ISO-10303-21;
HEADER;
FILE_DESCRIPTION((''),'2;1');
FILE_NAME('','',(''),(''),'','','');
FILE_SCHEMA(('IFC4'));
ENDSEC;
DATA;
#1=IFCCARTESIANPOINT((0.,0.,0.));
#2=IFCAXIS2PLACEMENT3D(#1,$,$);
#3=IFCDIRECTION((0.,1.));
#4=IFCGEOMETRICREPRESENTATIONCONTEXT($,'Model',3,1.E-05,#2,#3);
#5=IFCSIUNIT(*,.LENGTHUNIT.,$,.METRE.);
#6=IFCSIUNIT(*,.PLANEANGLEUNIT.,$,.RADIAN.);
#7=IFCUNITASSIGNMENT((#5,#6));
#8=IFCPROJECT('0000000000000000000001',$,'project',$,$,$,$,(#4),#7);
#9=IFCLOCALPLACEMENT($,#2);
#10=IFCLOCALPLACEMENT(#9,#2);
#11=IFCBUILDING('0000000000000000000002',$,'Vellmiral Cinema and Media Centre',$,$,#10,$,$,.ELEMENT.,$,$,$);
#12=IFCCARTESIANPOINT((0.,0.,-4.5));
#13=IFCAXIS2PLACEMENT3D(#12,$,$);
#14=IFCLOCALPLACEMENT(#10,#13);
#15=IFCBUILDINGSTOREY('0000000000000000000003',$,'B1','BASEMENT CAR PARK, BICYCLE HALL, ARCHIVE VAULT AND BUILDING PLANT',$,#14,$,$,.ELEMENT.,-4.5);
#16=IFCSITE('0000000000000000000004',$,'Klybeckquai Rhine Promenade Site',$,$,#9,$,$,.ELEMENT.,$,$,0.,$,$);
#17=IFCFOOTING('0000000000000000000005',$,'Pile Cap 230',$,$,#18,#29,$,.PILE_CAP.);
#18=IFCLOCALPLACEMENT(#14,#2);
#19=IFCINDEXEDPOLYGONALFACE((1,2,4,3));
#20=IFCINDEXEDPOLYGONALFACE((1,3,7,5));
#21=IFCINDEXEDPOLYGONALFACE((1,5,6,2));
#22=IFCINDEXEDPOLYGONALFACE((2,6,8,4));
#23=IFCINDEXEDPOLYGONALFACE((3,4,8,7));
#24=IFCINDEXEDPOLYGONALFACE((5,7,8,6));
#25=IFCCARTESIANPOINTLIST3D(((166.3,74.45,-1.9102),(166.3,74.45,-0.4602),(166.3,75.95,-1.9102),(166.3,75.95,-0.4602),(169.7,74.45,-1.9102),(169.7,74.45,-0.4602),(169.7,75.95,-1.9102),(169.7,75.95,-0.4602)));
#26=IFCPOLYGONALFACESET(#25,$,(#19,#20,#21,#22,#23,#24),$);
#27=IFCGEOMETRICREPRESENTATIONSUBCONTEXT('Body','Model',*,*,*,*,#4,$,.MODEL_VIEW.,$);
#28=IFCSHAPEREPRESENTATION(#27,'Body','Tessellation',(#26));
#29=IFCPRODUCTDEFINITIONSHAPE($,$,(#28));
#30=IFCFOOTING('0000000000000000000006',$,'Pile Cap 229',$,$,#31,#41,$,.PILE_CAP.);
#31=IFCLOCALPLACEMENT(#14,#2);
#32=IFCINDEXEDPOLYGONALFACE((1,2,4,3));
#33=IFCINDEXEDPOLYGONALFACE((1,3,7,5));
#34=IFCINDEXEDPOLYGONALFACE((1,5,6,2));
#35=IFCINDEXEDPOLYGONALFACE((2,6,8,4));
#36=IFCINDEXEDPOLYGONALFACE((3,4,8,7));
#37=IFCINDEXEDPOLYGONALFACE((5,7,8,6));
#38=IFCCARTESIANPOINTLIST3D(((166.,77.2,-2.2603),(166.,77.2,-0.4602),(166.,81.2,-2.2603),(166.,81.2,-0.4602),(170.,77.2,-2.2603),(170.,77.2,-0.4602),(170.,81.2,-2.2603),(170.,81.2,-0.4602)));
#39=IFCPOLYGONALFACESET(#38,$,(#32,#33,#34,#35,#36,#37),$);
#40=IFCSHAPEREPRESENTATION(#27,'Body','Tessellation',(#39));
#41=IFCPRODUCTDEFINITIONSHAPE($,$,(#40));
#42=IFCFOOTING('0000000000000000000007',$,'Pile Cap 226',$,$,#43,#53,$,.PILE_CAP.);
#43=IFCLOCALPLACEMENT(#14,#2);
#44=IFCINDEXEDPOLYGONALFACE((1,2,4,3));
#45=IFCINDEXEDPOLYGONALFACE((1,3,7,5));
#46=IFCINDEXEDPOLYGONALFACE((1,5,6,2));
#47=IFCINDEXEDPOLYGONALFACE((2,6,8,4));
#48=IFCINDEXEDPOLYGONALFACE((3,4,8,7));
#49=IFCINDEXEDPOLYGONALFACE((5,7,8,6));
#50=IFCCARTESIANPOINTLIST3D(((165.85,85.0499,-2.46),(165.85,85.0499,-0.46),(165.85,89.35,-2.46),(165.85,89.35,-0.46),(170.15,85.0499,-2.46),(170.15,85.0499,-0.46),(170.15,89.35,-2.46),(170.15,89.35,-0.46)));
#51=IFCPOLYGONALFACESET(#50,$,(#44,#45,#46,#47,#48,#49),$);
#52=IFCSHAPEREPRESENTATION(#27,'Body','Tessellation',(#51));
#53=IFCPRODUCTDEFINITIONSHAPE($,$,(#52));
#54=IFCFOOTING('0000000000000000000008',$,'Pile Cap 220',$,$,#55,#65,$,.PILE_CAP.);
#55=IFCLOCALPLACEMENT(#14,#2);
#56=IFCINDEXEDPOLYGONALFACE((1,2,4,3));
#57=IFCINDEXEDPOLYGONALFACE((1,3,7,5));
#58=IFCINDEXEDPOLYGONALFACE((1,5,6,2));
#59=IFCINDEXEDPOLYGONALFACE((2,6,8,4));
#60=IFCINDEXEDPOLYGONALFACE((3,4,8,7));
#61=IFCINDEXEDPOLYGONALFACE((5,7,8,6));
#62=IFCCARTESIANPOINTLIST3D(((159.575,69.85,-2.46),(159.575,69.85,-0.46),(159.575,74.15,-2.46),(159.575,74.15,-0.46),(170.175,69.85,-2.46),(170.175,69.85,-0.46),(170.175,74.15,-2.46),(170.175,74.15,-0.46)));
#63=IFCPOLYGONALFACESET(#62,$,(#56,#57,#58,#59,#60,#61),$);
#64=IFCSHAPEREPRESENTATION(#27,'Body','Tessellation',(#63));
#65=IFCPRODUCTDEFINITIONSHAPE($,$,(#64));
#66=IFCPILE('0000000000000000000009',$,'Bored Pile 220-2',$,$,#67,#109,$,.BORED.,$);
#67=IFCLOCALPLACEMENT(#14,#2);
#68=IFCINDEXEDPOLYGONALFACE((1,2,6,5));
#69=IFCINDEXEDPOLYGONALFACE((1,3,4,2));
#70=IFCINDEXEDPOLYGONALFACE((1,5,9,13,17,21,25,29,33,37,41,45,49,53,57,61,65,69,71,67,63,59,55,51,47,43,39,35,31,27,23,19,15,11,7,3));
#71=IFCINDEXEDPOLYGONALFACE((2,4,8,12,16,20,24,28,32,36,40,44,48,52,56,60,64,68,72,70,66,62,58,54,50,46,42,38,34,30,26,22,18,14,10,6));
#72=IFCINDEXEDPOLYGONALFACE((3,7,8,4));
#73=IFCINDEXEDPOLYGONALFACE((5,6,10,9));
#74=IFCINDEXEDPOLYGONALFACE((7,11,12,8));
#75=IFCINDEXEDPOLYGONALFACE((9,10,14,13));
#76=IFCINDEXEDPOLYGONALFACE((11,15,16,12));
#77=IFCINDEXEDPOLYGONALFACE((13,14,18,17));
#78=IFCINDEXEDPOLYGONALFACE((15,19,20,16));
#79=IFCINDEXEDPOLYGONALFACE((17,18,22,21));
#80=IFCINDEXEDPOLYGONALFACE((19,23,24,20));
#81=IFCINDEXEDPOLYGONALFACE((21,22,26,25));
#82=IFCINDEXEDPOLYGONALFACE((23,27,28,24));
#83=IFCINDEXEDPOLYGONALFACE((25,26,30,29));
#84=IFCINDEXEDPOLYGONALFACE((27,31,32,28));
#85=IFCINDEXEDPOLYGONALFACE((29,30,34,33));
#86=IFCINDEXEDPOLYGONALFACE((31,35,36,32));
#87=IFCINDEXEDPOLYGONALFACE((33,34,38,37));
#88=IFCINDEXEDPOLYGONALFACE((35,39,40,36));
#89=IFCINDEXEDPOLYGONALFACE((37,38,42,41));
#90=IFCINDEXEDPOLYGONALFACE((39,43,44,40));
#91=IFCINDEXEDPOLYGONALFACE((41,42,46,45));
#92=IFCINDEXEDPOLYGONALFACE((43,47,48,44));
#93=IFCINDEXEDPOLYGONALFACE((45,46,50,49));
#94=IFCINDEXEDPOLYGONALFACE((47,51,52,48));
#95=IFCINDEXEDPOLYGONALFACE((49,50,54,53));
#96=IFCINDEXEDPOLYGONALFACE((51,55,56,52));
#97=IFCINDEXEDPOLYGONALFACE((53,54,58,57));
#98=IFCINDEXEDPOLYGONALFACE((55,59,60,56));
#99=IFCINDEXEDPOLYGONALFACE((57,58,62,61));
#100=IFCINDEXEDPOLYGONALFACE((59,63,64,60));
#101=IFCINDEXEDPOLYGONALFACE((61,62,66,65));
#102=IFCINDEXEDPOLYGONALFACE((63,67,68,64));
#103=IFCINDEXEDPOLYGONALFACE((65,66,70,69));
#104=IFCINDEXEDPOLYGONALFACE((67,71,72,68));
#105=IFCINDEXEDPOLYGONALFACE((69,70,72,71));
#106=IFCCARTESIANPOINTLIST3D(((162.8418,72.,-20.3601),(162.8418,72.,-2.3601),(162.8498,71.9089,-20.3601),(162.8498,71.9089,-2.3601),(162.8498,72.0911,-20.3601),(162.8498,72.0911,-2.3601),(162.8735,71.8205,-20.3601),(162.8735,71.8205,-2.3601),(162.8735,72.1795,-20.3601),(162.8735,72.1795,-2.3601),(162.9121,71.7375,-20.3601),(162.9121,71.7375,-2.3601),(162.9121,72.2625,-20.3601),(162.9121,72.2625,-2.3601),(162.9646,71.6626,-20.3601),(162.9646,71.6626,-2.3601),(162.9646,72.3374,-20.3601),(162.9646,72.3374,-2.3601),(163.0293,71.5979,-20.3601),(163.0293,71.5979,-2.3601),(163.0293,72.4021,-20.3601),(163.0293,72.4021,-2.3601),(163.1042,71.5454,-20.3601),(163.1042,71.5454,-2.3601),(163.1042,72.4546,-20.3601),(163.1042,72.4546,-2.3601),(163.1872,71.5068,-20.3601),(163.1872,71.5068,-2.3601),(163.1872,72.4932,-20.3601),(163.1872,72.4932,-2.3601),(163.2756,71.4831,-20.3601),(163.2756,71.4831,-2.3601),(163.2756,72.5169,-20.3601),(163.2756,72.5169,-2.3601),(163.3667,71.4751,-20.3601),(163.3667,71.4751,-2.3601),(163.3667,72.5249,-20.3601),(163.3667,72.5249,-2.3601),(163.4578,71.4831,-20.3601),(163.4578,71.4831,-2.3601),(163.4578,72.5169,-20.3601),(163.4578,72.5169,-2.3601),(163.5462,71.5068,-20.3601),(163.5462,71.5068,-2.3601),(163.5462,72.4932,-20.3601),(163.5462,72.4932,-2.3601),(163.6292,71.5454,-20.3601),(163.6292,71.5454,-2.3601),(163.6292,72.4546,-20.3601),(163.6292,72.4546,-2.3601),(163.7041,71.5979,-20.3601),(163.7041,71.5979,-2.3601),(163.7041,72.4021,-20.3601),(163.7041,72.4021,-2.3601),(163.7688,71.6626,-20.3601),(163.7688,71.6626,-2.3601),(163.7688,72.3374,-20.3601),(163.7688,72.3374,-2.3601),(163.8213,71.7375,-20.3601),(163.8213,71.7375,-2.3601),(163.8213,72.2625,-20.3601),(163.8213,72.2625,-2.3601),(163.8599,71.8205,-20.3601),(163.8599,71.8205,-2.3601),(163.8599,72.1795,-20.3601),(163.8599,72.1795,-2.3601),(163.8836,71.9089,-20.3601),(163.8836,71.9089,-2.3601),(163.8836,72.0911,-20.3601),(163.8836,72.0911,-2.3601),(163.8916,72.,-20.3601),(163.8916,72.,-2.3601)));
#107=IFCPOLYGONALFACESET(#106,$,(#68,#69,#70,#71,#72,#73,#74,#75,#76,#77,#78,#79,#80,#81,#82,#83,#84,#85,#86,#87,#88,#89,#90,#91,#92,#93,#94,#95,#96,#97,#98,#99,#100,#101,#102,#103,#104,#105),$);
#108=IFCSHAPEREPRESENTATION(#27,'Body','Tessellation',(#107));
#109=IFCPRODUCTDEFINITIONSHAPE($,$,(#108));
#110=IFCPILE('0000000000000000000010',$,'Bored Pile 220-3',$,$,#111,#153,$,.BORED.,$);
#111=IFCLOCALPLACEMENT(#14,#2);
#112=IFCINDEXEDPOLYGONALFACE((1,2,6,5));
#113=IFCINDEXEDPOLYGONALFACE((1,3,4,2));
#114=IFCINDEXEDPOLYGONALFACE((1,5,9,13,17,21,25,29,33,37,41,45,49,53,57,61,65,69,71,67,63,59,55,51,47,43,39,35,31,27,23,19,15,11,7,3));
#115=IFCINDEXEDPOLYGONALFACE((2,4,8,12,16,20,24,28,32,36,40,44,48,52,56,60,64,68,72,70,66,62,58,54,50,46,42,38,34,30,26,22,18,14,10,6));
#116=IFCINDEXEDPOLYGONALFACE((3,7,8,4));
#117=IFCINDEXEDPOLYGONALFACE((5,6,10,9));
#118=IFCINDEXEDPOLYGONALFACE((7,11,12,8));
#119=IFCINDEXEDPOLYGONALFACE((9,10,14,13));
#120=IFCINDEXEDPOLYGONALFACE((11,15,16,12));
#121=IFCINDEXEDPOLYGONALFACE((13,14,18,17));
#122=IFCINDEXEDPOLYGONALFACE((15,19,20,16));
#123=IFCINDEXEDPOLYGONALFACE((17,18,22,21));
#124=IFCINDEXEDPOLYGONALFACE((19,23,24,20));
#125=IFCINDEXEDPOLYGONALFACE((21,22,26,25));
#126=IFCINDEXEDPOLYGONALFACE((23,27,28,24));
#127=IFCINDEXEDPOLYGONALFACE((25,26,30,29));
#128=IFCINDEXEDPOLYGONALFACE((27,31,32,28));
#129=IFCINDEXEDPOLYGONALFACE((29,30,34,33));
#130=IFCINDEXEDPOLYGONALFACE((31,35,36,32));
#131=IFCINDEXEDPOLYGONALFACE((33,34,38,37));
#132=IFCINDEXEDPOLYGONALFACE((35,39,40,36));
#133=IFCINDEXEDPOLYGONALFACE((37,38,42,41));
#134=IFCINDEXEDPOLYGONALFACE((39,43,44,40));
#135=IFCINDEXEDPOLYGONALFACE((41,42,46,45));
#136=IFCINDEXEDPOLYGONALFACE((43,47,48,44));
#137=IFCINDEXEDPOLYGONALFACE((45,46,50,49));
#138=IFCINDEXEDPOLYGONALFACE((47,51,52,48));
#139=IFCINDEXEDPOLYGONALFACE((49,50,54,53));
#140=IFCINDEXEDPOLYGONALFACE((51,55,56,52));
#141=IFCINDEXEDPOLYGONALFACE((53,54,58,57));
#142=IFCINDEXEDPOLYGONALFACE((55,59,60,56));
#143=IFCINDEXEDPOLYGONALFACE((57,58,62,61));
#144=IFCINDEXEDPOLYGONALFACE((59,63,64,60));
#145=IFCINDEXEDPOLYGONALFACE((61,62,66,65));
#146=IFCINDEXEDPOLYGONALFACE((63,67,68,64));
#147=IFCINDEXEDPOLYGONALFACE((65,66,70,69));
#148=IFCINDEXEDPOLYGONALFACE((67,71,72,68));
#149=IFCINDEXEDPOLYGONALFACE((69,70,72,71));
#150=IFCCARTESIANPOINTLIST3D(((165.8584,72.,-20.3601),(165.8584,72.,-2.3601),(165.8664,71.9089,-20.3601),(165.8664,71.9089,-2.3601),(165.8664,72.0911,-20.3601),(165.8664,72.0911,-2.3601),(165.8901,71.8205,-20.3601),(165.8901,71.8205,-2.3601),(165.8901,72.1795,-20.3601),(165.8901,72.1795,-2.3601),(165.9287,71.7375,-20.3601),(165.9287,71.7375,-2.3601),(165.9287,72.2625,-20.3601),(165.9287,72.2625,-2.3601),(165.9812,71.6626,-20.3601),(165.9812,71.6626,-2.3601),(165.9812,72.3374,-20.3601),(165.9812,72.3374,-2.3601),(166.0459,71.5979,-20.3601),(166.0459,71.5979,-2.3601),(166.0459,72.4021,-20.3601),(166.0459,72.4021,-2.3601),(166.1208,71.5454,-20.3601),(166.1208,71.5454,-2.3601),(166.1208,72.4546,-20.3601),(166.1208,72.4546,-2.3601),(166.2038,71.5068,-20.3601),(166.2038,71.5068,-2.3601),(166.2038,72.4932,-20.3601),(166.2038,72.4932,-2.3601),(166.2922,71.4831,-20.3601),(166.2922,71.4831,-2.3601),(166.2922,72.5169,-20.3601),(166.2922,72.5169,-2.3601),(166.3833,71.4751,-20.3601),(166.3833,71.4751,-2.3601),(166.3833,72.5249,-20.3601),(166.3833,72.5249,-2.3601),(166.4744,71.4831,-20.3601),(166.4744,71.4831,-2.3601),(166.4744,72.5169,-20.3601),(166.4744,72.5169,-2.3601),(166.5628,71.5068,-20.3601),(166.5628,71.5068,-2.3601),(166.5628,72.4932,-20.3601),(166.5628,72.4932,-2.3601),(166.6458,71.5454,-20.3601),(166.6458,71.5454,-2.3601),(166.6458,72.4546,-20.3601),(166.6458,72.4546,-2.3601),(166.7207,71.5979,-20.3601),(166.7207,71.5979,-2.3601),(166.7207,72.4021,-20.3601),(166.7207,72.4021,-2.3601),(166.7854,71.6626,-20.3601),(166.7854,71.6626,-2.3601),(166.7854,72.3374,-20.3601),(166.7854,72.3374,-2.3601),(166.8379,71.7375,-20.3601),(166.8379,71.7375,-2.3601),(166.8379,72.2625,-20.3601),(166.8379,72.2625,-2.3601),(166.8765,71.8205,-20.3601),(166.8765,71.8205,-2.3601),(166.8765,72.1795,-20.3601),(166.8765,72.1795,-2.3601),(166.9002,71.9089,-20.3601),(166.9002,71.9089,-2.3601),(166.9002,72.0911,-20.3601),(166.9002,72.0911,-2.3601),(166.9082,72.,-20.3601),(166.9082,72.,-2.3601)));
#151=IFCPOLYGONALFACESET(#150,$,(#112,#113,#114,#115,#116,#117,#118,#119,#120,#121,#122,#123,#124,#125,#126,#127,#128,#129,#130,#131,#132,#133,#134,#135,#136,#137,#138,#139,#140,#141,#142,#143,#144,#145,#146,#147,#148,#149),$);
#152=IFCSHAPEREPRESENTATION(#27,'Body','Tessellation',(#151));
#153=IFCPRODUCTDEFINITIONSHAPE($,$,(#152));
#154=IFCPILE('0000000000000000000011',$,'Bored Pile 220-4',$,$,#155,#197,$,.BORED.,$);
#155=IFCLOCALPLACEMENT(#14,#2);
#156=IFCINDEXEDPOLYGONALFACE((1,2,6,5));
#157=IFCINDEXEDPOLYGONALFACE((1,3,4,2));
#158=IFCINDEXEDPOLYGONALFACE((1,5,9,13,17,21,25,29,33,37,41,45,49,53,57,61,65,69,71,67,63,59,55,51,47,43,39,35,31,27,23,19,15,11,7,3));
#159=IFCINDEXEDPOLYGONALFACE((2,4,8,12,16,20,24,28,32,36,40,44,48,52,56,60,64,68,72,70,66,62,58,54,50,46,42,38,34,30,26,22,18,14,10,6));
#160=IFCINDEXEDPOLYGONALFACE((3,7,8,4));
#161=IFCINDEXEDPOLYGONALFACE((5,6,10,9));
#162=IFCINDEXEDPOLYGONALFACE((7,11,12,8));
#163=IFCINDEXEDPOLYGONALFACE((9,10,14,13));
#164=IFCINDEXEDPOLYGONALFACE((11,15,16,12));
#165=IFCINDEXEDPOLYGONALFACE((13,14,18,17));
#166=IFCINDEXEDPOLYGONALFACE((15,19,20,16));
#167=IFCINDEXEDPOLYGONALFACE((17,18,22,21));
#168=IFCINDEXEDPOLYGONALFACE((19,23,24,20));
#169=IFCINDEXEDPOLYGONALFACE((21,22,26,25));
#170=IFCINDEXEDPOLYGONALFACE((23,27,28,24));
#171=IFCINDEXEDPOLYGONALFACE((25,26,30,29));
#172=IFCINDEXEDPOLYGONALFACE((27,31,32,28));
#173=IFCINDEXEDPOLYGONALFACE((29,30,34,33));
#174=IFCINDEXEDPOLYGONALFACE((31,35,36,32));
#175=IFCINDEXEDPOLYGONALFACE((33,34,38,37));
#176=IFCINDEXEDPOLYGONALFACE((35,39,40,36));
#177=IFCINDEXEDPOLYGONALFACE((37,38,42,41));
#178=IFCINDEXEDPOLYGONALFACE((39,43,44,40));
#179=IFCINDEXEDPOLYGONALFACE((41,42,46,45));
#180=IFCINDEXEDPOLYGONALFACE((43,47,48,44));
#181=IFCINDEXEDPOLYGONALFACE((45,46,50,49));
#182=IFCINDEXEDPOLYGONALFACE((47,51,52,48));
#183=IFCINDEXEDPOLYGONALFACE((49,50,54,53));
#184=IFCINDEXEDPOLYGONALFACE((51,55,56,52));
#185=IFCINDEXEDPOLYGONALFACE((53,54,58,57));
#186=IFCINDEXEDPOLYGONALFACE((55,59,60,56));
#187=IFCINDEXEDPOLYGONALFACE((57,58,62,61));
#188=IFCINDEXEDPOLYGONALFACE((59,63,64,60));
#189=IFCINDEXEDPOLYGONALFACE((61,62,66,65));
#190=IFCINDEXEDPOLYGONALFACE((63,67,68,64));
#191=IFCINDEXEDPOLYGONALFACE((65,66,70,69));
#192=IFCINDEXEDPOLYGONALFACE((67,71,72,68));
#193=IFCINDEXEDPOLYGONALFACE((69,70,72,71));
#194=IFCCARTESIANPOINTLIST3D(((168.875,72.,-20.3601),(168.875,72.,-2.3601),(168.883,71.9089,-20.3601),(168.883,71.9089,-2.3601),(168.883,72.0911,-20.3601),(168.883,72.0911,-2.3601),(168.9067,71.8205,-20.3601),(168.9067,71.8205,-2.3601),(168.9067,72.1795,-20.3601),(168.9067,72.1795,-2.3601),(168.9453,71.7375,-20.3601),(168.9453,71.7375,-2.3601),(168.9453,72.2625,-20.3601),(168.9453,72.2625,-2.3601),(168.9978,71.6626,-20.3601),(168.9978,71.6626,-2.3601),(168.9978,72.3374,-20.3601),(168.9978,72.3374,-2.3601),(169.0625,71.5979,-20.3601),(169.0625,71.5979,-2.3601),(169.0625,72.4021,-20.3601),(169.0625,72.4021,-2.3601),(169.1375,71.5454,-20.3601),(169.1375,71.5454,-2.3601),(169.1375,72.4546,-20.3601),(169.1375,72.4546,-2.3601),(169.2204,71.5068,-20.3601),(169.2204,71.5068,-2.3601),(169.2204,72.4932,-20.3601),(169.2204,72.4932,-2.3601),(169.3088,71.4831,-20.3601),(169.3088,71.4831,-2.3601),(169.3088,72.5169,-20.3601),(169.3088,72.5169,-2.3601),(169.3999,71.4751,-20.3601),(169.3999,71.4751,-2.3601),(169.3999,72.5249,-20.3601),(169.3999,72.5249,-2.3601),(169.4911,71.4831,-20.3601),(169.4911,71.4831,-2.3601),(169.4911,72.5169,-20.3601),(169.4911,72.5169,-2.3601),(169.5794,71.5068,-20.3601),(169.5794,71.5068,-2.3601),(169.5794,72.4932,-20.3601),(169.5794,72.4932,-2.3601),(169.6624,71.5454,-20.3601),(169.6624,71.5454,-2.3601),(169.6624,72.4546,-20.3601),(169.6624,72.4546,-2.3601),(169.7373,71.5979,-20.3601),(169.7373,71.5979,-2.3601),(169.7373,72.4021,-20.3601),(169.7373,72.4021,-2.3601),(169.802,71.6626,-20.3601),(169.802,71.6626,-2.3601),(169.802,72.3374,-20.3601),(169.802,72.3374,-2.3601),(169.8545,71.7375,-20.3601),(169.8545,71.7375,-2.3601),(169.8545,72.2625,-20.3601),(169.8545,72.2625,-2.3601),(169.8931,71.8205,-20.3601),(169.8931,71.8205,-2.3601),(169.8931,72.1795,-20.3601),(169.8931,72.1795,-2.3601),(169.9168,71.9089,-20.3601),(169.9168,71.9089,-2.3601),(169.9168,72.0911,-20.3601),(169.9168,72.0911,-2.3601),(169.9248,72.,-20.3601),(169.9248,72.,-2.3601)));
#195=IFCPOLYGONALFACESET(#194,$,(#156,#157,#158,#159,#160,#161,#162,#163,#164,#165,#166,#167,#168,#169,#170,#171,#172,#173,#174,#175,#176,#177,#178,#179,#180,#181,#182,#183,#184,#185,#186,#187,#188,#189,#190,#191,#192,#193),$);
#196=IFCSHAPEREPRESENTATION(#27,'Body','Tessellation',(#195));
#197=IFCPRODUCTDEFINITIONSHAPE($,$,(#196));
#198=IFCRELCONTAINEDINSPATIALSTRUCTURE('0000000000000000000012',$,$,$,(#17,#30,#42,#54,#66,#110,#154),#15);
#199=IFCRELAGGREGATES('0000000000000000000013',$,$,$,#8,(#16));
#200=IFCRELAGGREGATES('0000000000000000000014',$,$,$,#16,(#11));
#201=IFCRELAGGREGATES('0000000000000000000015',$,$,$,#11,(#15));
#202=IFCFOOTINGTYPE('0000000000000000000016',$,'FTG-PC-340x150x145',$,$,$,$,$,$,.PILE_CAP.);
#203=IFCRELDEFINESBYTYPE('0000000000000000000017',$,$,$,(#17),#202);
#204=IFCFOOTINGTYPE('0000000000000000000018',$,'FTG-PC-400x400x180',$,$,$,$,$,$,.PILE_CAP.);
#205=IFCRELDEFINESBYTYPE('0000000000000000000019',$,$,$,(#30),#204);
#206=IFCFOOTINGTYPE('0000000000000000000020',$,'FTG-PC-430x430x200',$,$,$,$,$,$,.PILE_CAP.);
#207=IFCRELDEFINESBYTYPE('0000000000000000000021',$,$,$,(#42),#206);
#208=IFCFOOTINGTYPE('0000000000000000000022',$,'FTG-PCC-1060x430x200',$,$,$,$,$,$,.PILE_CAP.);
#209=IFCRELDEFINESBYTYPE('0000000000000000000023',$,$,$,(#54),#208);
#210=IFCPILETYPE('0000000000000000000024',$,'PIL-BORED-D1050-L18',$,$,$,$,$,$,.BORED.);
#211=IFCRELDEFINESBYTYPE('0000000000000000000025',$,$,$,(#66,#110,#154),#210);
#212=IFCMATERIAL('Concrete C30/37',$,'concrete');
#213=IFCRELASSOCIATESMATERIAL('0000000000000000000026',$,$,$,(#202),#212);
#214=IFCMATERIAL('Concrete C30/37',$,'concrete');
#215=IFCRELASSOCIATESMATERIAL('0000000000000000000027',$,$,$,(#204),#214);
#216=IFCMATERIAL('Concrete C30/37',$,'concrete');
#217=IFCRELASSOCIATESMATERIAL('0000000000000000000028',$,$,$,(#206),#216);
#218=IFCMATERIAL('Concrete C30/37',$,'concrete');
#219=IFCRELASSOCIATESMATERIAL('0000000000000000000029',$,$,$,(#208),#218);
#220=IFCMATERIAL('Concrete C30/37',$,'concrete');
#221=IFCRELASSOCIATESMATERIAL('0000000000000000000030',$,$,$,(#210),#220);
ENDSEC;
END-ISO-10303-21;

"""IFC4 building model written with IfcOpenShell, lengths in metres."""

from ifc_helpers import new_model, si_unit, direction, frame, origin, origin_2d, place, context, subcontext, project, spatial, rectangle, circle, extrude, material, material_profile, profile_set, type_object, element, save


model = new_model("IFC4")

# Units and contexts
model_context = context("Model", 3, precision=1e-05, world=origin(), true_north=direction((0.0, 1.0)))
body_context = subcontext(model_context, "Body", "Model", "MODEL_VIEW")
ifc_project = project(units=[si_unit("LENGTHUNIT", "METRE"), si_unit("PLANEANGLEUNIT", "RADIAN")], contexts=[model_context])

# Site, building, storey
site_placement = place(None, origin())
site = spatial("IfcSite", under=ifc_project, at=site_placement, Name="Klybeckquai Rhine Promenade Site", CompositionType="ELEMENT", RefElevation=0.0)
building_placement = place(site_placement, origin())
building = spatial("IfcBuilding", under=site, at=building_placement, Name="Vellmiral Cinema and Media Centre", CompositionType="ELEMENT")
storey_placement = place(building_placement, frame((0.0, 0.0, -4.5)))
storey = spatial("IfcBuildingStorey", under=building, at=storey_placement, Name="B1", Description="BASEMENT CAR PARK, BICYCLE HALL, ARCHIVE VAULT AND BUILDING PLANT", CompositionType="ELEMENT", Elevation=-4.5)

# Footings
ifc_material_1 = material(Name="Concrete C30/37", Category="concrete")
footing_type_1 = type_object("IfcFootingType", Name="FTG-PC-340x150x145", PredefinedType="PILE_CAP", material=ifc_material_1)
footing_1_placement = place(storey_placement, frame((168.0, 75.2, -1.9102), z_axis=(0.0, 0.0, 1.0), x_axis=(1.0, 0.0, 0.0)))
element("IfcFooting", 1, at=footing_1_placement, inside=storey, type_object=footing_type_1, Name="Pile Cap 230", PredefinedType="PILE_CAP", context=body_context, shape_type="SweptSolid", body=[
    extrude(rectangle(XDim=3.3999, YDim=1.5, at=origin_2d()), origin(), (0.0, 0.0, 1.0), 1.45),
])
ifc_material_2 = material(Name="Concrete C30/37", Category="concrete")
footing_type_2 = type_object("IfcFootingType", Name="FTG-PC-400x400x180", PredefinedType="PILE_CAP", material=ifc_material_2)
footing_2_placement = place(storey_placement, frame((168.0, 79.2, -2.2603), z_axis=(0.0, 0.0, 1.0), x_axis=(1.0, 0.0, 0.0)))
element("IfcFooting", 2, at=footing_2_placement, inside=storey, type_object=footing_type_2, Name="Pile Cap 229", PredefinedType="PILE_CAP", context=body_context, shape_type="SweptSolid", body=[
    extrude(rectangle(XDim=4.0, YDim=4.0, at=origin_2d()), origin(), (0.0, 0.0, 1.0), 1.8),
])
ifc_material_3 = material(Name="Concrete C30/37", Category="concrete")
footing_type_3 = type_object("IfcFootingType", Name="FTG-PC-430x430x200", PredefinedType="PILE_CAP", material=ifc_material_3)
footing_3_placement = place(storey_placement, frame((168.0, 87.2, -2.46), z_axis=(0.0, 0.0, 1.0), x_axis=(1.0, 0.0, 0.0)))
element("IfcFooting", 3, at=footing_3_placement, inside=storey, type_object=footing_type_3, Name="Pile Cap 226", PredefinedType="PILE_CAP", context=body_context, shape_type="SweptSolid", body=[
    extrude(rectangle(XDim=4.3, YDim=4.3, at=origin_2d()), origin(), (0.0, 0.0, 1.0), 2.0),
])
ifc_material_4 = material(Name="Concrete C30/37", Category="concrete")
footing_type_4 = type_object("IfcFootingType", Name="FTG-PCC-1060x430x200", PredefinedType="PILE_CAP", material=ifc_material_4)
footing_4_placement = place(storey_placement, frame((164.875, 72.0, -2.46), z_axis=(0.0, 0.0, 1.0), x_axis=(1.0, 0.0, 0.0)))
element("IfcFooting", 4, at=footing_4_placement, inside=storey, type_object=footing_type_4, Name="Pile Cap 220", PredefinedType="PILE_CAP", context=body_context, shape_type="SweptSolid", body=[
    extrude(rectangle(XDim=10.6001, YDim=4.3, at=origin_2d()), origin(), (0.0, 0.0, 1.0), 2.0),
])

# Piles
ifc_material_5 = material(Name="Concrete C30/37", Category="concrete")
ifc_material_profile_1 = material_profile(ifc_material_5, circle(Radius=0.5249, at=origin_2d()), Name="PILE D1050")
ifc_profile_set_1 = profile_set([ifc_material_profile_1], Name="Concrete C30/37")
pile_type_1 = type_object("IfcPileType", Name="PIL-BORED-D1050-L18", PredefinedType="BORED", material=ifc_profile_set_1)
for number, where, z_axis, x_axis, name in (
    (5, (163.3667, 72.0, -2.3601), (0.0, 0.0, -1.0), (1.0, 0.0, 0.0), "Bored Pile 220-2"),
    (6, (166.3833, 72.0, -2.3601), (0.0, 0.0, -1.0), (1.0, 0.0, 0.0), "Bored Pile 220-3"),
    (7, (169.3999, 72.0, -2.3601), (0.0, 0.0, -1.0), (1.0, 0.0, 0.0), "Bored Pile 220-4"),
):
    element("IfcPile", number, at=place(storey_placement, frame(where, z_axis=z_axis, x_axis=x_axis)), inside=storey, type_object=pile_type_1, Name=name, PredefinedType="BORED", context=body_context, shape_type="SweptSolid", body=[
        extrude(circle(Radius=0.5249, at=origin_2d()), origin(), (0.0, 0.0, 1.0), 18.0),
    ])

save(model, "model.ifc")
